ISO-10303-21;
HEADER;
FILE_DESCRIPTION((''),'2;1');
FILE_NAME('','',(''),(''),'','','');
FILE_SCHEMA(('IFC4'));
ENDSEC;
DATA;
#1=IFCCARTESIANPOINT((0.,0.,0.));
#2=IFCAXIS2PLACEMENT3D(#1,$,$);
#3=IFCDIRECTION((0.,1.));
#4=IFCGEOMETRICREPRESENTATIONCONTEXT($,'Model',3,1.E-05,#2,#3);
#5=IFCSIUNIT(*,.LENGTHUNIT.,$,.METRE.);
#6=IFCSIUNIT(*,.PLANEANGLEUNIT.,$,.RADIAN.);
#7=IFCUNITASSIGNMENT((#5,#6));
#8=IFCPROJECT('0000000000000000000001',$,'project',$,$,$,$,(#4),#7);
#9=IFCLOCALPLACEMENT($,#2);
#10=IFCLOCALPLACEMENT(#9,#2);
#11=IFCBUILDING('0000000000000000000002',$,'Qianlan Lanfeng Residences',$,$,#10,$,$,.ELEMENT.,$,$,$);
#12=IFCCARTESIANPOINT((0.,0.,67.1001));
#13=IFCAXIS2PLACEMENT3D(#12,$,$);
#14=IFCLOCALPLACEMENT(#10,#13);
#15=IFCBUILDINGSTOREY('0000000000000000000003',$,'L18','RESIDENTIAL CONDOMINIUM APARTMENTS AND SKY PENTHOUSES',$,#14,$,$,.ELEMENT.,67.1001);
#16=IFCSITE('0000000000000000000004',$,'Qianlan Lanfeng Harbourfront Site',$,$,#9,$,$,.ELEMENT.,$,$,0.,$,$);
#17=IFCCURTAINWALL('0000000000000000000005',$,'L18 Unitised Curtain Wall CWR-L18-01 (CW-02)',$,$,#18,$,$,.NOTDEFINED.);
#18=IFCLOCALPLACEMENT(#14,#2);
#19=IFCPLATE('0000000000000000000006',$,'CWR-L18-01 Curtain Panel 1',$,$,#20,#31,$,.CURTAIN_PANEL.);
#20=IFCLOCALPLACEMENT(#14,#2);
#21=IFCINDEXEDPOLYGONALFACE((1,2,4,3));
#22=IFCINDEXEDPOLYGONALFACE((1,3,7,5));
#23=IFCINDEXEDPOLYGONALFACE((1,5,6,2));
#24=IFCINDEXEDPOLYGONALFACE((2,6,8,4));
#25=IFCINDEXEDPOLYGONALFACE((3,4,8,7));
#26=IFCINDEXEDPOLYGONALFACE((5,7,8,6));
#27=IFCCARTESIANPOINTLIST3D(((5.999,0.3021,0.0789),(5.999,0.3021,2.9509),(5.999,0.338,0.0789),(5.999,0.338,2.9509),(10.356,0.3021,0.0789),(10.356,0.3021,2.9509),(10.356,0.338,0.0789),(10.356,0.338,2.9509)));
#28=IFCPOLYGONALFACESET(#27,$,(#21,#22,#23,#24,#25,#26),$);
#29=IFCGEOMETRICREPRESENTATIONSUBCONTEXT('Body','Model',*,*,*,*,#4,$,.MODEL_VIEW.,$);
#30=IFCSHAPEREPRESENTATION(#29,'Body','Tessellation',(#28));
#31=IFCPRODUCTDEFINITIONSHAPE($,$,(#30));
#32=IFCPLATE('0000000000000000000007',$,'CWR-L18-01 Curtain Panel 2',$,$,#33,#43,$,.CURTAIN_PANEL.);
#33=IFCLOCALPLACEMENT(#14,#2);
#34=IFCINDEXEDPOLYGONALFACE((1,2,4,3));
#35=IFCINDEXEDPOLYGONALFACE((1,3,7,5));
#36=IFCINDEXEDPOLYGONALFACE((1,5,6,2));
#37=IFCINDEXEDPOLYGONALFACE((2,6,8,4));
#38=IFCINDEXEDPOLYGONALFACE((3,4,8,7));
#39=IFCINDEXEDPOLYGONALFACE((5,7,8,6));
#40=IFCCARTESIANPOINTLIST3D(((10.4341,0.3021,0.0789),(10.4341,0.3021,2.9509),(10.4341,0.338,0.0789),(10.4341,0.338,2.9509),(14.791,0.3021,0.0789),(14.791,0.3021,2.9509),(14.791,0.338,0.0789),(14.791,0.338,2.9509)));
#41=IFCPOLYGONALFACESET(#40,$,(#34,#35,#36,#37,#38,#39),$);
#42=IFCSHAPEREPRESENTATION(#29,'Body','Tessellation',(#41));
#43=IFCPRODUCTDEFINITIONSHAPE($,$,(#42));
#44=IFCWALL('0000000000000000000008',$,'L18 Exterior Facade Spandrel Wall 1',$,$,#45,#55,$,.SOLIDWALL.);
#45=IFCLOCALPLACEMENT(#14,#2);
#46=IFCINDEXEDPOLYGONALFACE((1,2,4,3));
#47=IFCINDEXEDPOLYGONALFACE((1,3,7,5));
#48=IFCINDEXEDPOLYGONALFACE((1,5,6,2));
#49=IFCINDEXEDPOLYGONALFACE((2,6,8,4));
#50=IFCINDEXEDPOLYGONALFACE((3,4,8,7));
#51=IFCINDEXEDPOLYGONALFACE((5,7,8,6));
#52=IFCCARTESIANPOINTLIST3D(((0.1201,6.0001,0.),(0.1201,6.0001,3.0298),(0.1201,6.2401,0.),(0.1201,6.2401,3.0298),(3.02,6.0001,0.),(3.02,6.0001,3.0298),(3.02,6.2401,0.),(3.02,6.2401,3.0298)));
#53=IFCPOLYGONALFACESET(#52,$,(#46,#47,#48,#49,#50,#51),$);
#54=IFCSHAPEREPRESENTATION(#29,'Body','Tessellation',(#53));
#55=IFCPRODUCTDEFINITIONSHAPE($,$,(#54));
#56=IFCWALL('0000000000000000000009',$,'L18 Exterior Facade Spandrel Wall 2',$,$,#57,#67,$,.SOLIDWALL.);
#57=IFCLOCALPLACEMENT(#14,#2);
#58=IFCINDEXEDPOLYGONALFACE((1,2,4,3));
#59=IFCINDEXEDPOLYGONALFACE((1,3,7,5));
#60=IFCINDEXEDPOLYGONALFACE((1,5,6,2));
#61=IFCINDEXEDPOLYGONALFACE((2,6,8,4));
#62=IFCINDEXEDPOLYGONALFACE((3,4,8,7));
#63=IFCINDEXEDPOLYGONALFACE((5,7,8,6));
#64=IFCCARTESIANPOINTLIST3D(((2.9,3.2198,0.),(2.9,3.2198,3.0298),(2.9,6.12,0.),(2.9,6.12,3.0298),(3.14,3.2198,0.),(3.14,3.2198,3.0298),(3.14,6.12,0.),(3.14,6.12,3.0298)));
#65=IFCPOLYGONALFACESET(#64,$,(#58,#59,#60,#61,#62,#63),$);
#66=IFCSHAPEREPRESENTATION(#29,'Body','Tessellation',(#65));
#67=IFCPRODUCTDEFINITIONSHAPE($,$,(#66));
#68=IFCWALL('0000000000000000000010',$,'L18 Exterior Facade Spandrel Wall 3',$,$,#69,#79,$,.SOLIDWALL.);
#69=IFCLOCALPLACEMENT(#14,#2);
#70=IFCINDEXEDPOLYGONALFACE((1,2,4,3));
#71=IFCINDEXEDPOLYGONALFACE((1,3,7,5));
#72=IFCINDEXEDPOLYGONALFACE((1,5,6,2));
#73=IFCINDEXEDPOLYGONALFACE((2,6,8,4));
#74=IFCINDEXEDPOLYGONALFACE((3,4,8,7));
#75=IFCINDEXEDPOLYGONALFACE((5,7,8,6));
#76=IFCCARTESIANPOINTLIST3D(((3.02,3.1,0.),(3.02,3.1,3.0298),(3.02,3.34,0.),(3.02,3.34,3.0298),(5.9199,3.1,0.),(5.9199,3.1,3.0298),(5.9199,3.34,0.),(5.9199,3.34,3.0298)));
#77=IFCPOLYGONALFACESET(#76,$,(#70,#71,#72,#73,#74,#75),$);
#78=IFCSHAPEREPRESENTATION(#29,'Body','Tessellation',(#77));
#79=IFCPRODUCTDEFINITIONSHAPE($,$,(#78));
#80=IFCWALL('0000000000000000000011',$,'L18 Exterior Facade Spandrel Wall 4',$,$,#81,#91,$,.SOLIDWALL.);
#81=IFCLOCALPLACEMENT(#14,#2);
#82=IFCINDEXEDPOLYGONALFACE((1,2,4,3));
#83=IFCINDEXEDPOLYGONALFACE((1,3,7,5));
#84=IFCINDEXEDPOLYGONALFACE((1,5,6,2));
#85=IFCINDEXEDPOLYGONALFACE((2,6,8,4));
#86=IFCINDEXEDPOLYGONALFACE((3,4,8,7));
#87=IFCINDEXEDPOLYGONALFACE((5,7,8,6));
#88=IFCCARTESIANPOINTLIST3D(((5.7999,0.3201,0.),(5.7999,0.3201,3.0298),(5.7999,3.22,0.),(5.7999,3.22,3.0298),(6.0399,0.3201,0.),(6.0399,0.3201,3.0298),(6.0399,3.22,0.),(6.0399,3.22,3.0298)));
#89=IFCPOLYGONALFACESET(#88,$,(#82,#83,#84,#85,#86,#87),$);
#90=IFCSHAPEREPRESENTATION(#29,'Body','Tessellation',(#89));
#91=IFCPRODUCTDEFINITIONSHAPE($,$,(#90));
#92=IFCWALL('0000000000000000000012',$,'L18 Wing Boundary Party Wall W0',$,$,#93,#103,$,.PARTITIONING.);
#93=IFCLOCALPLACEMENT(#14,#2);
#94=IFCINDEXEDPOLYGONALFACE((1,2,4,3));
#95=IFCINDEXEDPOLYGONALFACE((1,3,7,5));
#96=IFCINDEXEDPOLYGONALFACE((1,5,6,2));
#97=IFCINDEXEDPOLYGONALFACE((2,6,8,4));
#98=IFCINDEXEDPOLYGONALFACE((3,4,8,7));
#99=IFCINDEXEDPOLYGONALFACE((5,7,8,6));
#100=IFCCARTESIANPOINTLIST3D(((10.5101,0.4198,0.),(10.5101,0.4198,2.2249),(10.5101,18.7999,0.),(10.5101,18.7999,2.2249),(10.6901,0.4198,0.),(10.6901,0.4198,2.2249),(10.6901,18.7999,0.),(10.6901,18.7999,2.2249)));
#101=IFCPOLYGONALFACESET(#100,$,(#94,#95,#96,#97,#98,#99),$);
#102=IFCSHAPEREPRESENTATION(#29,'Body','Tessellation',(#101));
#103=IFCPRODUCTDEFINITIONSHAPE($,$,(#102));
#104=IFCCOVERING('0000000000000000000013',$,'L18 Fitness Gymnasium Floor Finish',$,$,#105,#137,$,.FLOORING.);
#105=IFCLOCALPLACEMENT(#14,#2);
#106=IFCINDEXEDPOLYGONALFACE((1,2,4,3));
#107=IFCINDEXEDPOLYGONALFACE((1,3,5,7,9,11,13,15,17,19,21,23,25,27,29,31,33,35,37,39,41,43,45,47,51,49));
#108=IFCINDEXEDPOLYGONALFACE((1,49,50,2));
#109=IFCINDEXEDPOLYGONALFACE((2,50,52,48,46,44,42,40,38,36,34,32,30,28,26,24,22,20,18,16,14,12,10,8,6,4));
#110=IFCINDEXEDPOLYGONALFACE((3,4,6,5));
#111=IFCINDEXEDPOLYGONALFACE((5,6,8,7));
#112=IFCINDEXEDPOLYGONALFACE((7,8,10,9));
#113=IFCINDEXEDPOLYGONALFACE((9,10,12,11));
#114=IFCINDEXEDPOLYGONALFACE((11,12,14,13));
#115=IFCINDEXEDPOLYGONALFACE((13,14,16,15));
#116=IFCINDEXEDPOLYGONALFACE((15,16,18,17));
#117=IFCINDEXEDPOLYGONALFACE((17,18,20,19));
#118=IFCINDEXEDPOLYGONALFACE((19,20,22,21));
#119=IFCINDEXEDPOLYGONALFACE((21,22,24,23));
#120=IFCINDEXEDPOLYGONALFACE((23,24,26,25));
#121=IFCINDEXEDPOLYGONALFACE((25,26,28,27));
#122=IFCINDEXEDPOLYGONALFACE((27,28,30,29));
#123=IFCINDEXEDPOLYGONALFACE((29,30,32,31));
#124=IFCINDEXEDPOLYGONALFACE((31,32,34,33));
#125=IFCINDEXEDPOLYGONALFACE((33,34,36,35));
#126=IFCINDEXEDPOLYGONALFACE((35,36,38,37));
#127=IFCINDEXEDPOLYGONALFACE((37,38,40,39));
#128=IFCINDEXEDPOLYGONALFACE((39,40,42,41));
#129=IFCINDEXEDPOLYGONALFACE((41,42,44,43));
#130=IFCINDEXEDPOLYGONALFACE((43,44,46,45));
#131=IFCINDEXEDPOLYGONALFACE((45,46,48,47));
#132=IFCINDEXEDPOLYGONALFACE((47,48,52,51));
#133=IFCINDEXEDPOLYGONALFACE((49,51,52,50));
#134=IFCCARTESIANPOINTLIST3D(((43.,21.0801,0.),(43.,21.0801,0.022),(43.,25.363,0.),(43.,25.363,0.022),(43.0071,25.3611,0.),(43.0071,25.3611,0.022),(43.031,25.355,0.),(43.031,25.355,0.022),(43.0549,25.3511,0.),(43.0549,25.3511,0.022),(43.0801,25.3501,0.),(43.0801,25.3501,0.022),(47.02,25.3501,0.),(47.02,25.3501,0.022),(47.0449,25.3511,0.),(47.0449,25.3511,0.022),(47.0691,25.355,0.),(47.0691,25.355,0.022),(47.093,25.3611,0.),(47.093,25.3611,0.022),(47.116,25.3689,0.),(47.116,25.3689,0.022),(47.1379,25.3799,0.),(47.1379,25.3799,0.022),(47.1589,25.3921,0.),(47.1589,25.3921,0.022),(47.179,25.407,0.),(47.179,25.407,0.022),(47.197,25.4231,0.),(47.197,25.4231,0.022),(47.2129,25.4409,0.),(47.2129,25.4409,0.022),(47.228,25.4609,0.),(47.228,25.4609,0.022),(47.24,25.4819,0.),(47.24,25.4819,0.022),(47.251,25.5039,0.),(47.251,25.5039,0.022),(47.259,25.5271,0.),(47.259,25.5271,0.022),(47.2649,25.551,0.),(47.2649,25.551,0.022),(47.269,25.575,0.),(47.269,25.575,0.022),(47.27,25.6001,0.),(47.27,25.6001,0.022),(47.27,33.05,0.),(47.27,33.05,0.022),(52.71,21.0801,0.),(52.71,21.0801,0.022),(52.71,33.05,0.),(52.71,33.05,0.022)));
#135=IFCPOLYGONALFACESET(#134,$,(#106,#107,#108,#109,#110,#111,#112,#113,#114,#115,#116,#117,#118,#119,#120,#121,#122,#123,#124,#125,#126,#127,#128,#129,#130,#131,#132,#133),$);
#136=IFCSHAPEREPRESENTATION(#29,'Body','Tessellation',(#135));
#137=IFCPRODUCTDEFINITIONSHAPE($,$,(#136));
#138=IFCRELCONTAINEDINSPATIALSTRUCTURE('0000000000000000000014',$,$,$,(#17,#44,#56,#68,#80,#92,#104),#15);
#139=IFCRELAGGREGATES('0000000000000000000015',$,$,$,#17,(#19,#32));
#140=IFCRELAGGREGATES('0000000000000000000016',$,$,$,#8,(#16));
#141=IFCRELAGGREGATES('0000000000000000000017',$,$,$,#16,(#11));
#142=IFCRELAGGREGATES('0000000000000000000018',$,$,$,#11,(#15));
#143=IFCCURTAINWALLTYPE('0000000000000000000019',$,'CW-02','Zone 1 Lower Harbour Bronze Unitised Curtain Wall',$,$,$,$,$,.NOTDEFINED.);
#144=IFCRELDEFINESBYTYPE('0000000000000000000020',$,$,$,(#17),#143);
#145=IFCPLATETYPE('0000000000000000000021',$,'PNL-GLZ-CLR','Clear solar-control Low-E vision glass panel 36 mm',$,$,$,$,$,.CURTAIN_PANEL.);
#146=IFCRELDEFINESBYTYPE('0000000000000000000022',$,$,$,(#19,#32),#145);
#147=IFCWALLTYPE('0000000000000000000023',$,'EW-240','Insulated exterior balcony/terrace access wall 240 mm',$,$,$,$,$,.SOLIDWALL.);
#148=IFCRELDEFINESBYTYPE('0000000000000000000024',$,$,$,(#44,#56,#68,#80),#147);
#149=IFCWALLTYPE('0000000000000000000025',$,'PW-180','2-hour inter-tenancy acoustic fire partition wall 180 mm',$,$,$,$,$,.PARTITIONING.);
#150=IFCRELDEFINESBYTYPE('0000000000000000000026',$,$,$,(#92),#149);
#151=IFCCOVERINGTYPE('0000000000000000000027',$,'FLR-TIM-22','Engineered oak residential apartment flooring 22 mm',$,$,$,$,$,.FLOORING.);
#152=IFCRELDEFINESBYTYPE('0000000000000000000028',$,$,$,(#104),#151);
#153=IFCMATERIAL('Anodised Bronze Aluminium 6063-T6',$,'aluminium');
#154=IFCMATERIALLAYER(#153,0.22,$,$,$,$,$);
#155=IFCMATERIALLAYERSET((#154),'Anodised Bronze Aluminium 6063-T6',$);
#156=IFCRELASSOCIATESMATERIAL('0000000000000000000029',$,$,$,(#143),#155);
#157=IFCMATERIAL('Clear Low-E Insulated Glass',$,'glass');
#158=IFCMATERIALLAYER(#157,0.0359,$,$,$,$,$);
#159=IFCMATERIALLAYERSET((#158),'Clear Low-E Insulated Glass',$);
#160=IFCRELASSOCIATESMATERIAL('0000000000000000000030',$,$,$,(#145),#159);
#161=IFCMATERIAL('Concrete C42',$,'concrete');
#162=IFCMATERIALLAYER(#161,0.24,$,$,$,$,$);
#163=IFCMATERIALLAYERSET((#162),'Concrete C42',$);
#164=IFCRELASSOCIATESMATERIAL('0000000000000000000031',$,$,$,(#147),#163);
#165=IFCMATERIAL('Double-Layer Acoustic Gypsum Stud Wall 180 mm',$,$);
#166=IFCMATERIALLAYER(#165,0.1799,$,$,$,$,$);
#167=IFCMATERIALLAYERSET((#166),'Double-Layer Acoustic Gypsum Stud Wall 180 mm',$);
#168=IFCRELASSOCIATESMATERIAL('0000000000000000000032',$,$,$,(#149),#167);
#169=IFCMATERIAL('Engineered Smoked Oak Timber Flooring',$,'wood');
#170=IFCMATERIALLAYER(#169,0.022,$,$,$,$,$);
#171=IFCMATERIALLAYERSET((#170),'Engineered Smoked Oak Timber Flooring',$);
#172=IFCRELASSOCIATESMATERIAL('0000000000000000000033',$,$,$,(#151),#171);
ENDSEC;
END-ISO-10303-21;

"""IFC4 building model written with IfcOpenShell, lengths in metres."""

from ifc_helpers import new_model, si_unit, direction, frame, frame_2d, origin, origin_2d, place, context, subcontext, project, spatial, polyline, rectangle, outline, extrude, source, transform, mapped, material, layer, layer_set, type_object, element, aggregate, save


model = new_model("IFC4")

# Units and contexts
model_context = context("Model", 3, precision=1e-05, world=origin(), true_north=direction((0.0, 1.0)))
body_context = subcontext(model_context, "Body", "Model", "MODEL_VIEW")
ifc_project = project(units=[si_unit("LENGTHUNIT", "METRE"), si_unit("PLANEANGLEUNIT", "RADIAN")], contexts=[model_context])

# Site, building, storey
site_placement = place(None, origin())
site = spatial("IfcSite", under=ifc_project, at=site_placement, Name="Qianlan Lanfeng Harbourfront Site", CompositionType="ELEMENT", RefElevation=0.0)
building_placement = place(site_placement, origin())
building = spatial("IfcBuilding", under=site, at=building_placement, Name="Qianlan Lanfeng Residences", CompositionType="ELEMENT")
storey_placement = place(building_placement, frame((0.0, 0.0, 67.1001)))
storey = spatial("IfcBuildingStorey", under=building, at=storey_placement, Name="L18", Description="RESIDENTIAL CONDOMINIUM APARTMENTS AND SKY PENTHOUSES", CompositionType="ELEMENT", Elevation=67.1001)

# Shared definitions
ifc_material_1 = material(Name="Anodised Bronze Aluminium 6063-T6", Category="aluminium")
ifc_layer_1 = layer(ifc_material_1, 0.22)
ifc_layer_set_1 = layer_set([ifc_layer_1], Name="Anodised Bronze Aluminium 6063-T6")
curtain_wall_type = type_object("IfcCurtainWallType", Name="CW-02", Description="Zone 1 Lower Harbour Bronze Unitised Curtain Wall", PredefinedType="NOTDEFINED", material=ifc_layer_set_1)

# Curtain wall
curtain_wall_1_placement = place(storey_placement, origin())
curtain_wall_1 = element("IfcCurtainWall", 1, at=curtain_wall_1_placement, inside=storey, type_object=curtain_wall_type, Name="L18 Unitised Curtain Wall CWR-L18-01 (CW-02)", PredefinedType="NOTDEFINED")

# Plates
ifc_material_2 = material(Name="Clear Low-E Insulated Glass", Category="glass")
ifc_layer_2 = layer(ifc_material_2, 0.0359)
ifc_layer_set_2 = layer_set([ifc_layer_2], Name="Clear Low-E Insulated Glass")
plate_type = type_object("IfcPlateType", Name="PNL-GLZ-CLR", Description="Clear solar-control Low-E vision glass panel 36 mm", PredefinedType="CURTAIN_PANEL", material=ifc_layer_set_2)
shared_shape_1 = source(origin(), body_context, "Body", "SweptSolid", [
    extrude(rectangle(XDim=4.3569, YDim=0.0359, at=origin_2d()), origin(), (0.0, 0.0, 1.0), 2.8721),
])
plate_1_placement = place(storey_placement, frame((8.1775, 0.3201, 0.0789), z_axis=(0.0, 0.0, 1.0), x_axis=(1.0, 0.0, 0.0)))
plate_1 = element("IfcPlate", 2, at=plate_1_placement, type_object=plate_type, Name="CWR-L18-01 Curtain Panel 1", PredefinedType="CURTAIN_PANEL", context=body_context, shape_type="MappedRepresentation", body=[
    mapped(shared_shape_1, transform((0.0, 0.0, 0.0), scale=1.0)),
])
plate_2_placement = place(storey_placement, frame((12.6125, 0.3201, 0.0789), z_axis=(0.0, 0.0, 1.0), x_axis=(1.0, 0.0, 0.0)))
plate_2 = element("IfcPlate", 3, at=plate_2_placement, type_object=plate_type, Name="CWR-L18-01 Curtain Panel 2", PredefinedType="CURTAIN_PANEL", context=body_context, shape_type="MappedRepresentation", body=[
    mapped(shared_shape_1, transform((0.0, 0.0, 0.0), scale=1.0)),
])
aggregate(curtain_wall_1, [plate_1, plate_2])

# Walls
ifc_material_3 = material(Name="Concrete C42", Category="concrete")
ifc_layer_3 = layer(ifc_material_3, 0.24)
ifc_layer_set_3 = layer_set([ifc_layer_3], Name="Concrete C42")
wall_type_1 = type_object("IfcWallType", Name="EW-240", Description="Insulated exterior balcony/terrace access wall 240 mm", PredefinedType="SOLIDWALL", material=ifc_layer_set_3)
wall_1_placement = place(storey_placement, frame((0.1201, 6.1201, 0.0), z_axis=(0.0, 0.0, 1.0), x_axis=(1.0, 0.0, 0.0)))
element("IfcWall", 4, at=wall_1_placement, inside=storey, type_object=wall_type_1, Name="L18 Exterior Facade Spandrel Wall 1", PredefinedType="SOLIDWALL", context=body_context, shape_type="SweptSolid", body=[
    extrude(rectangle(XDim=2.8999, YDim=0.24, at=frame_2d((1.45, 0.0))), origin(), (0.0, 0.0, 1.0), 3.0298),
])
wall_2_placement = place(storey_placement, frame((3.02, 6.1201, 0.0), z_axis=(0.0, 0.0, 1.0), x_axis=(0.0, -1.0, 0.0)))
element("IfcWall", 5, at=wall_2_placement, inside=storey, type_object=wall_type_1, Name="L18 Exterior Facade Spandrel Wall 2", PredefinedType="SOLIDWALL", context=body_context, shape_type="SweptSolid", body=[
    extrude(rectangle(XDim=2.9001, YDim=0.24, at=frame_2d((1.4502, 0.0))), origin(), (0.0, 0.0, 1.0), 3.0298),
])
for number, where, z_axis, x_axis, name in (
    (6, (3.02, 3.22, 0.0), (0.0, 0.0, 1.0), (1.0, 0.0, 0.0), "L18 Exterior Facade Spandrel Wall 3"),
    (7, (5.9199, 3.22, 0.0), (0.0, 0.0, 1.0), (0.0, -1.0, 0.0), "L18 Exterior Facade Spandrel Wall 4"),
):
    element("IfcWall", number, at=place(storey_placement, frame(where, z_axis=z_axis, x_axis=x_axis)), inside=storey, type_object=wall_type_1, Name=name, PredefinedType="SOLIDWALL", context=body_context, shape_type="SweptSolid", body=[
        extrude(rectangle(XDim=2.8999, YDim=0.24, at=frame_2d((1.45, 0.0))), origin(), (0.0, 0.0, 1.0), 3.0298),
    ])
ifc_material_4 = material(Name="Double-Layer Acoustic Gypsum Stud Wall 180 mm")
ifc_layer_4 = layer(ifc_material_4, 0.1799)
ifc_layer_set_4 = layer_set([ifc_layer_4], Name="Double-Layer Acoustic Gypsum Stud Wall 180 mm")
wall_type_2 = type_object("IfcWallType", Name="PW-180", Description="2-hour inter-tenancy acoustic fire partition wall 180 mm", PredefinedType="PARTITIONING", material=ifc_layer_set_4)
wall_3_placement = place(storey_placement, frame((10.6001, 0.4199, 0.0), z_axis=(0.0, 0.0, 1.0), x_axis=(0.0, 1.0, 0.0)))
element("IfcWall", 8, at=wall_3_placement, inside=storey, type_object=wall_type_2, Name="L18 Wing Boundary Party Wall W0", PredefinedType="PARTITIONING", context=body_context, shape_type="SweptSolid", body=[
    extrude(rectangle(XDim=18.3801, YDim=0.1799, at=frame_2d((9.1899, 0.0))), origin(), (0.0, 0.0, 1.0), 2.2249),
])

# Covering
ifc_material_5 = material(Name="Engineered Smoked Oak Timber Flooring", Category="wood")
ifc_layer_5 = layer(ifc_material_5, 0.022)
ifc_layer_set_5 = layer_set([ifc_layer_5], Name="Engineered Smoked Oak Timber Flooring")
covering_type = type_object("IfcCoveringType", Name="FLR-TIM-22", Description="Engineered oak residential apartment flooring 22 mm", PredefinedType="FLOORING", material=ifc_layer_set_5)
covering_1_placement = place(storey_placement, origin())
element("IfcCovering", 9, at=covering_1_placement, inside=storey, type_object=covering_type, Name="L18 Fitness Gymnasium Floor Finish", PredefinedType="FLOORING", context=body_context, shape_type="SweptSolid", body=[
    extrude(outline(polyline([(52.71, 33.05), (47.27, 33.05), (47.27, 25.6001), (47.269, 25.575), (47.2649, 25.551), (47.259, 25.5271), (47.251, 25.5039), (47.24, 25.4819), (47.228, 25.4609), (47.2129, 25.4409), (47.197, 25.4231), (47.179, 25.407), (47.1589, 25.3921), (47.1379, 25.3799), (47.116, 25.3689), (47.093, 25.3611), (47.0691, 25.355), (47.0449, 25.3511), (47.02, 25.3501), (43.0801, 25.3501), (43.0549, 25.3511), (43.031, 25.355), (43.0071, 25.3611), (43.0, 25.363), (43.0, 21.0801), (52.71, 21.0801), (52.71, 33.05)])), origin(), (0.0, 0.0, 1.0), 0.022),
])

save(model, "model.ifc")
